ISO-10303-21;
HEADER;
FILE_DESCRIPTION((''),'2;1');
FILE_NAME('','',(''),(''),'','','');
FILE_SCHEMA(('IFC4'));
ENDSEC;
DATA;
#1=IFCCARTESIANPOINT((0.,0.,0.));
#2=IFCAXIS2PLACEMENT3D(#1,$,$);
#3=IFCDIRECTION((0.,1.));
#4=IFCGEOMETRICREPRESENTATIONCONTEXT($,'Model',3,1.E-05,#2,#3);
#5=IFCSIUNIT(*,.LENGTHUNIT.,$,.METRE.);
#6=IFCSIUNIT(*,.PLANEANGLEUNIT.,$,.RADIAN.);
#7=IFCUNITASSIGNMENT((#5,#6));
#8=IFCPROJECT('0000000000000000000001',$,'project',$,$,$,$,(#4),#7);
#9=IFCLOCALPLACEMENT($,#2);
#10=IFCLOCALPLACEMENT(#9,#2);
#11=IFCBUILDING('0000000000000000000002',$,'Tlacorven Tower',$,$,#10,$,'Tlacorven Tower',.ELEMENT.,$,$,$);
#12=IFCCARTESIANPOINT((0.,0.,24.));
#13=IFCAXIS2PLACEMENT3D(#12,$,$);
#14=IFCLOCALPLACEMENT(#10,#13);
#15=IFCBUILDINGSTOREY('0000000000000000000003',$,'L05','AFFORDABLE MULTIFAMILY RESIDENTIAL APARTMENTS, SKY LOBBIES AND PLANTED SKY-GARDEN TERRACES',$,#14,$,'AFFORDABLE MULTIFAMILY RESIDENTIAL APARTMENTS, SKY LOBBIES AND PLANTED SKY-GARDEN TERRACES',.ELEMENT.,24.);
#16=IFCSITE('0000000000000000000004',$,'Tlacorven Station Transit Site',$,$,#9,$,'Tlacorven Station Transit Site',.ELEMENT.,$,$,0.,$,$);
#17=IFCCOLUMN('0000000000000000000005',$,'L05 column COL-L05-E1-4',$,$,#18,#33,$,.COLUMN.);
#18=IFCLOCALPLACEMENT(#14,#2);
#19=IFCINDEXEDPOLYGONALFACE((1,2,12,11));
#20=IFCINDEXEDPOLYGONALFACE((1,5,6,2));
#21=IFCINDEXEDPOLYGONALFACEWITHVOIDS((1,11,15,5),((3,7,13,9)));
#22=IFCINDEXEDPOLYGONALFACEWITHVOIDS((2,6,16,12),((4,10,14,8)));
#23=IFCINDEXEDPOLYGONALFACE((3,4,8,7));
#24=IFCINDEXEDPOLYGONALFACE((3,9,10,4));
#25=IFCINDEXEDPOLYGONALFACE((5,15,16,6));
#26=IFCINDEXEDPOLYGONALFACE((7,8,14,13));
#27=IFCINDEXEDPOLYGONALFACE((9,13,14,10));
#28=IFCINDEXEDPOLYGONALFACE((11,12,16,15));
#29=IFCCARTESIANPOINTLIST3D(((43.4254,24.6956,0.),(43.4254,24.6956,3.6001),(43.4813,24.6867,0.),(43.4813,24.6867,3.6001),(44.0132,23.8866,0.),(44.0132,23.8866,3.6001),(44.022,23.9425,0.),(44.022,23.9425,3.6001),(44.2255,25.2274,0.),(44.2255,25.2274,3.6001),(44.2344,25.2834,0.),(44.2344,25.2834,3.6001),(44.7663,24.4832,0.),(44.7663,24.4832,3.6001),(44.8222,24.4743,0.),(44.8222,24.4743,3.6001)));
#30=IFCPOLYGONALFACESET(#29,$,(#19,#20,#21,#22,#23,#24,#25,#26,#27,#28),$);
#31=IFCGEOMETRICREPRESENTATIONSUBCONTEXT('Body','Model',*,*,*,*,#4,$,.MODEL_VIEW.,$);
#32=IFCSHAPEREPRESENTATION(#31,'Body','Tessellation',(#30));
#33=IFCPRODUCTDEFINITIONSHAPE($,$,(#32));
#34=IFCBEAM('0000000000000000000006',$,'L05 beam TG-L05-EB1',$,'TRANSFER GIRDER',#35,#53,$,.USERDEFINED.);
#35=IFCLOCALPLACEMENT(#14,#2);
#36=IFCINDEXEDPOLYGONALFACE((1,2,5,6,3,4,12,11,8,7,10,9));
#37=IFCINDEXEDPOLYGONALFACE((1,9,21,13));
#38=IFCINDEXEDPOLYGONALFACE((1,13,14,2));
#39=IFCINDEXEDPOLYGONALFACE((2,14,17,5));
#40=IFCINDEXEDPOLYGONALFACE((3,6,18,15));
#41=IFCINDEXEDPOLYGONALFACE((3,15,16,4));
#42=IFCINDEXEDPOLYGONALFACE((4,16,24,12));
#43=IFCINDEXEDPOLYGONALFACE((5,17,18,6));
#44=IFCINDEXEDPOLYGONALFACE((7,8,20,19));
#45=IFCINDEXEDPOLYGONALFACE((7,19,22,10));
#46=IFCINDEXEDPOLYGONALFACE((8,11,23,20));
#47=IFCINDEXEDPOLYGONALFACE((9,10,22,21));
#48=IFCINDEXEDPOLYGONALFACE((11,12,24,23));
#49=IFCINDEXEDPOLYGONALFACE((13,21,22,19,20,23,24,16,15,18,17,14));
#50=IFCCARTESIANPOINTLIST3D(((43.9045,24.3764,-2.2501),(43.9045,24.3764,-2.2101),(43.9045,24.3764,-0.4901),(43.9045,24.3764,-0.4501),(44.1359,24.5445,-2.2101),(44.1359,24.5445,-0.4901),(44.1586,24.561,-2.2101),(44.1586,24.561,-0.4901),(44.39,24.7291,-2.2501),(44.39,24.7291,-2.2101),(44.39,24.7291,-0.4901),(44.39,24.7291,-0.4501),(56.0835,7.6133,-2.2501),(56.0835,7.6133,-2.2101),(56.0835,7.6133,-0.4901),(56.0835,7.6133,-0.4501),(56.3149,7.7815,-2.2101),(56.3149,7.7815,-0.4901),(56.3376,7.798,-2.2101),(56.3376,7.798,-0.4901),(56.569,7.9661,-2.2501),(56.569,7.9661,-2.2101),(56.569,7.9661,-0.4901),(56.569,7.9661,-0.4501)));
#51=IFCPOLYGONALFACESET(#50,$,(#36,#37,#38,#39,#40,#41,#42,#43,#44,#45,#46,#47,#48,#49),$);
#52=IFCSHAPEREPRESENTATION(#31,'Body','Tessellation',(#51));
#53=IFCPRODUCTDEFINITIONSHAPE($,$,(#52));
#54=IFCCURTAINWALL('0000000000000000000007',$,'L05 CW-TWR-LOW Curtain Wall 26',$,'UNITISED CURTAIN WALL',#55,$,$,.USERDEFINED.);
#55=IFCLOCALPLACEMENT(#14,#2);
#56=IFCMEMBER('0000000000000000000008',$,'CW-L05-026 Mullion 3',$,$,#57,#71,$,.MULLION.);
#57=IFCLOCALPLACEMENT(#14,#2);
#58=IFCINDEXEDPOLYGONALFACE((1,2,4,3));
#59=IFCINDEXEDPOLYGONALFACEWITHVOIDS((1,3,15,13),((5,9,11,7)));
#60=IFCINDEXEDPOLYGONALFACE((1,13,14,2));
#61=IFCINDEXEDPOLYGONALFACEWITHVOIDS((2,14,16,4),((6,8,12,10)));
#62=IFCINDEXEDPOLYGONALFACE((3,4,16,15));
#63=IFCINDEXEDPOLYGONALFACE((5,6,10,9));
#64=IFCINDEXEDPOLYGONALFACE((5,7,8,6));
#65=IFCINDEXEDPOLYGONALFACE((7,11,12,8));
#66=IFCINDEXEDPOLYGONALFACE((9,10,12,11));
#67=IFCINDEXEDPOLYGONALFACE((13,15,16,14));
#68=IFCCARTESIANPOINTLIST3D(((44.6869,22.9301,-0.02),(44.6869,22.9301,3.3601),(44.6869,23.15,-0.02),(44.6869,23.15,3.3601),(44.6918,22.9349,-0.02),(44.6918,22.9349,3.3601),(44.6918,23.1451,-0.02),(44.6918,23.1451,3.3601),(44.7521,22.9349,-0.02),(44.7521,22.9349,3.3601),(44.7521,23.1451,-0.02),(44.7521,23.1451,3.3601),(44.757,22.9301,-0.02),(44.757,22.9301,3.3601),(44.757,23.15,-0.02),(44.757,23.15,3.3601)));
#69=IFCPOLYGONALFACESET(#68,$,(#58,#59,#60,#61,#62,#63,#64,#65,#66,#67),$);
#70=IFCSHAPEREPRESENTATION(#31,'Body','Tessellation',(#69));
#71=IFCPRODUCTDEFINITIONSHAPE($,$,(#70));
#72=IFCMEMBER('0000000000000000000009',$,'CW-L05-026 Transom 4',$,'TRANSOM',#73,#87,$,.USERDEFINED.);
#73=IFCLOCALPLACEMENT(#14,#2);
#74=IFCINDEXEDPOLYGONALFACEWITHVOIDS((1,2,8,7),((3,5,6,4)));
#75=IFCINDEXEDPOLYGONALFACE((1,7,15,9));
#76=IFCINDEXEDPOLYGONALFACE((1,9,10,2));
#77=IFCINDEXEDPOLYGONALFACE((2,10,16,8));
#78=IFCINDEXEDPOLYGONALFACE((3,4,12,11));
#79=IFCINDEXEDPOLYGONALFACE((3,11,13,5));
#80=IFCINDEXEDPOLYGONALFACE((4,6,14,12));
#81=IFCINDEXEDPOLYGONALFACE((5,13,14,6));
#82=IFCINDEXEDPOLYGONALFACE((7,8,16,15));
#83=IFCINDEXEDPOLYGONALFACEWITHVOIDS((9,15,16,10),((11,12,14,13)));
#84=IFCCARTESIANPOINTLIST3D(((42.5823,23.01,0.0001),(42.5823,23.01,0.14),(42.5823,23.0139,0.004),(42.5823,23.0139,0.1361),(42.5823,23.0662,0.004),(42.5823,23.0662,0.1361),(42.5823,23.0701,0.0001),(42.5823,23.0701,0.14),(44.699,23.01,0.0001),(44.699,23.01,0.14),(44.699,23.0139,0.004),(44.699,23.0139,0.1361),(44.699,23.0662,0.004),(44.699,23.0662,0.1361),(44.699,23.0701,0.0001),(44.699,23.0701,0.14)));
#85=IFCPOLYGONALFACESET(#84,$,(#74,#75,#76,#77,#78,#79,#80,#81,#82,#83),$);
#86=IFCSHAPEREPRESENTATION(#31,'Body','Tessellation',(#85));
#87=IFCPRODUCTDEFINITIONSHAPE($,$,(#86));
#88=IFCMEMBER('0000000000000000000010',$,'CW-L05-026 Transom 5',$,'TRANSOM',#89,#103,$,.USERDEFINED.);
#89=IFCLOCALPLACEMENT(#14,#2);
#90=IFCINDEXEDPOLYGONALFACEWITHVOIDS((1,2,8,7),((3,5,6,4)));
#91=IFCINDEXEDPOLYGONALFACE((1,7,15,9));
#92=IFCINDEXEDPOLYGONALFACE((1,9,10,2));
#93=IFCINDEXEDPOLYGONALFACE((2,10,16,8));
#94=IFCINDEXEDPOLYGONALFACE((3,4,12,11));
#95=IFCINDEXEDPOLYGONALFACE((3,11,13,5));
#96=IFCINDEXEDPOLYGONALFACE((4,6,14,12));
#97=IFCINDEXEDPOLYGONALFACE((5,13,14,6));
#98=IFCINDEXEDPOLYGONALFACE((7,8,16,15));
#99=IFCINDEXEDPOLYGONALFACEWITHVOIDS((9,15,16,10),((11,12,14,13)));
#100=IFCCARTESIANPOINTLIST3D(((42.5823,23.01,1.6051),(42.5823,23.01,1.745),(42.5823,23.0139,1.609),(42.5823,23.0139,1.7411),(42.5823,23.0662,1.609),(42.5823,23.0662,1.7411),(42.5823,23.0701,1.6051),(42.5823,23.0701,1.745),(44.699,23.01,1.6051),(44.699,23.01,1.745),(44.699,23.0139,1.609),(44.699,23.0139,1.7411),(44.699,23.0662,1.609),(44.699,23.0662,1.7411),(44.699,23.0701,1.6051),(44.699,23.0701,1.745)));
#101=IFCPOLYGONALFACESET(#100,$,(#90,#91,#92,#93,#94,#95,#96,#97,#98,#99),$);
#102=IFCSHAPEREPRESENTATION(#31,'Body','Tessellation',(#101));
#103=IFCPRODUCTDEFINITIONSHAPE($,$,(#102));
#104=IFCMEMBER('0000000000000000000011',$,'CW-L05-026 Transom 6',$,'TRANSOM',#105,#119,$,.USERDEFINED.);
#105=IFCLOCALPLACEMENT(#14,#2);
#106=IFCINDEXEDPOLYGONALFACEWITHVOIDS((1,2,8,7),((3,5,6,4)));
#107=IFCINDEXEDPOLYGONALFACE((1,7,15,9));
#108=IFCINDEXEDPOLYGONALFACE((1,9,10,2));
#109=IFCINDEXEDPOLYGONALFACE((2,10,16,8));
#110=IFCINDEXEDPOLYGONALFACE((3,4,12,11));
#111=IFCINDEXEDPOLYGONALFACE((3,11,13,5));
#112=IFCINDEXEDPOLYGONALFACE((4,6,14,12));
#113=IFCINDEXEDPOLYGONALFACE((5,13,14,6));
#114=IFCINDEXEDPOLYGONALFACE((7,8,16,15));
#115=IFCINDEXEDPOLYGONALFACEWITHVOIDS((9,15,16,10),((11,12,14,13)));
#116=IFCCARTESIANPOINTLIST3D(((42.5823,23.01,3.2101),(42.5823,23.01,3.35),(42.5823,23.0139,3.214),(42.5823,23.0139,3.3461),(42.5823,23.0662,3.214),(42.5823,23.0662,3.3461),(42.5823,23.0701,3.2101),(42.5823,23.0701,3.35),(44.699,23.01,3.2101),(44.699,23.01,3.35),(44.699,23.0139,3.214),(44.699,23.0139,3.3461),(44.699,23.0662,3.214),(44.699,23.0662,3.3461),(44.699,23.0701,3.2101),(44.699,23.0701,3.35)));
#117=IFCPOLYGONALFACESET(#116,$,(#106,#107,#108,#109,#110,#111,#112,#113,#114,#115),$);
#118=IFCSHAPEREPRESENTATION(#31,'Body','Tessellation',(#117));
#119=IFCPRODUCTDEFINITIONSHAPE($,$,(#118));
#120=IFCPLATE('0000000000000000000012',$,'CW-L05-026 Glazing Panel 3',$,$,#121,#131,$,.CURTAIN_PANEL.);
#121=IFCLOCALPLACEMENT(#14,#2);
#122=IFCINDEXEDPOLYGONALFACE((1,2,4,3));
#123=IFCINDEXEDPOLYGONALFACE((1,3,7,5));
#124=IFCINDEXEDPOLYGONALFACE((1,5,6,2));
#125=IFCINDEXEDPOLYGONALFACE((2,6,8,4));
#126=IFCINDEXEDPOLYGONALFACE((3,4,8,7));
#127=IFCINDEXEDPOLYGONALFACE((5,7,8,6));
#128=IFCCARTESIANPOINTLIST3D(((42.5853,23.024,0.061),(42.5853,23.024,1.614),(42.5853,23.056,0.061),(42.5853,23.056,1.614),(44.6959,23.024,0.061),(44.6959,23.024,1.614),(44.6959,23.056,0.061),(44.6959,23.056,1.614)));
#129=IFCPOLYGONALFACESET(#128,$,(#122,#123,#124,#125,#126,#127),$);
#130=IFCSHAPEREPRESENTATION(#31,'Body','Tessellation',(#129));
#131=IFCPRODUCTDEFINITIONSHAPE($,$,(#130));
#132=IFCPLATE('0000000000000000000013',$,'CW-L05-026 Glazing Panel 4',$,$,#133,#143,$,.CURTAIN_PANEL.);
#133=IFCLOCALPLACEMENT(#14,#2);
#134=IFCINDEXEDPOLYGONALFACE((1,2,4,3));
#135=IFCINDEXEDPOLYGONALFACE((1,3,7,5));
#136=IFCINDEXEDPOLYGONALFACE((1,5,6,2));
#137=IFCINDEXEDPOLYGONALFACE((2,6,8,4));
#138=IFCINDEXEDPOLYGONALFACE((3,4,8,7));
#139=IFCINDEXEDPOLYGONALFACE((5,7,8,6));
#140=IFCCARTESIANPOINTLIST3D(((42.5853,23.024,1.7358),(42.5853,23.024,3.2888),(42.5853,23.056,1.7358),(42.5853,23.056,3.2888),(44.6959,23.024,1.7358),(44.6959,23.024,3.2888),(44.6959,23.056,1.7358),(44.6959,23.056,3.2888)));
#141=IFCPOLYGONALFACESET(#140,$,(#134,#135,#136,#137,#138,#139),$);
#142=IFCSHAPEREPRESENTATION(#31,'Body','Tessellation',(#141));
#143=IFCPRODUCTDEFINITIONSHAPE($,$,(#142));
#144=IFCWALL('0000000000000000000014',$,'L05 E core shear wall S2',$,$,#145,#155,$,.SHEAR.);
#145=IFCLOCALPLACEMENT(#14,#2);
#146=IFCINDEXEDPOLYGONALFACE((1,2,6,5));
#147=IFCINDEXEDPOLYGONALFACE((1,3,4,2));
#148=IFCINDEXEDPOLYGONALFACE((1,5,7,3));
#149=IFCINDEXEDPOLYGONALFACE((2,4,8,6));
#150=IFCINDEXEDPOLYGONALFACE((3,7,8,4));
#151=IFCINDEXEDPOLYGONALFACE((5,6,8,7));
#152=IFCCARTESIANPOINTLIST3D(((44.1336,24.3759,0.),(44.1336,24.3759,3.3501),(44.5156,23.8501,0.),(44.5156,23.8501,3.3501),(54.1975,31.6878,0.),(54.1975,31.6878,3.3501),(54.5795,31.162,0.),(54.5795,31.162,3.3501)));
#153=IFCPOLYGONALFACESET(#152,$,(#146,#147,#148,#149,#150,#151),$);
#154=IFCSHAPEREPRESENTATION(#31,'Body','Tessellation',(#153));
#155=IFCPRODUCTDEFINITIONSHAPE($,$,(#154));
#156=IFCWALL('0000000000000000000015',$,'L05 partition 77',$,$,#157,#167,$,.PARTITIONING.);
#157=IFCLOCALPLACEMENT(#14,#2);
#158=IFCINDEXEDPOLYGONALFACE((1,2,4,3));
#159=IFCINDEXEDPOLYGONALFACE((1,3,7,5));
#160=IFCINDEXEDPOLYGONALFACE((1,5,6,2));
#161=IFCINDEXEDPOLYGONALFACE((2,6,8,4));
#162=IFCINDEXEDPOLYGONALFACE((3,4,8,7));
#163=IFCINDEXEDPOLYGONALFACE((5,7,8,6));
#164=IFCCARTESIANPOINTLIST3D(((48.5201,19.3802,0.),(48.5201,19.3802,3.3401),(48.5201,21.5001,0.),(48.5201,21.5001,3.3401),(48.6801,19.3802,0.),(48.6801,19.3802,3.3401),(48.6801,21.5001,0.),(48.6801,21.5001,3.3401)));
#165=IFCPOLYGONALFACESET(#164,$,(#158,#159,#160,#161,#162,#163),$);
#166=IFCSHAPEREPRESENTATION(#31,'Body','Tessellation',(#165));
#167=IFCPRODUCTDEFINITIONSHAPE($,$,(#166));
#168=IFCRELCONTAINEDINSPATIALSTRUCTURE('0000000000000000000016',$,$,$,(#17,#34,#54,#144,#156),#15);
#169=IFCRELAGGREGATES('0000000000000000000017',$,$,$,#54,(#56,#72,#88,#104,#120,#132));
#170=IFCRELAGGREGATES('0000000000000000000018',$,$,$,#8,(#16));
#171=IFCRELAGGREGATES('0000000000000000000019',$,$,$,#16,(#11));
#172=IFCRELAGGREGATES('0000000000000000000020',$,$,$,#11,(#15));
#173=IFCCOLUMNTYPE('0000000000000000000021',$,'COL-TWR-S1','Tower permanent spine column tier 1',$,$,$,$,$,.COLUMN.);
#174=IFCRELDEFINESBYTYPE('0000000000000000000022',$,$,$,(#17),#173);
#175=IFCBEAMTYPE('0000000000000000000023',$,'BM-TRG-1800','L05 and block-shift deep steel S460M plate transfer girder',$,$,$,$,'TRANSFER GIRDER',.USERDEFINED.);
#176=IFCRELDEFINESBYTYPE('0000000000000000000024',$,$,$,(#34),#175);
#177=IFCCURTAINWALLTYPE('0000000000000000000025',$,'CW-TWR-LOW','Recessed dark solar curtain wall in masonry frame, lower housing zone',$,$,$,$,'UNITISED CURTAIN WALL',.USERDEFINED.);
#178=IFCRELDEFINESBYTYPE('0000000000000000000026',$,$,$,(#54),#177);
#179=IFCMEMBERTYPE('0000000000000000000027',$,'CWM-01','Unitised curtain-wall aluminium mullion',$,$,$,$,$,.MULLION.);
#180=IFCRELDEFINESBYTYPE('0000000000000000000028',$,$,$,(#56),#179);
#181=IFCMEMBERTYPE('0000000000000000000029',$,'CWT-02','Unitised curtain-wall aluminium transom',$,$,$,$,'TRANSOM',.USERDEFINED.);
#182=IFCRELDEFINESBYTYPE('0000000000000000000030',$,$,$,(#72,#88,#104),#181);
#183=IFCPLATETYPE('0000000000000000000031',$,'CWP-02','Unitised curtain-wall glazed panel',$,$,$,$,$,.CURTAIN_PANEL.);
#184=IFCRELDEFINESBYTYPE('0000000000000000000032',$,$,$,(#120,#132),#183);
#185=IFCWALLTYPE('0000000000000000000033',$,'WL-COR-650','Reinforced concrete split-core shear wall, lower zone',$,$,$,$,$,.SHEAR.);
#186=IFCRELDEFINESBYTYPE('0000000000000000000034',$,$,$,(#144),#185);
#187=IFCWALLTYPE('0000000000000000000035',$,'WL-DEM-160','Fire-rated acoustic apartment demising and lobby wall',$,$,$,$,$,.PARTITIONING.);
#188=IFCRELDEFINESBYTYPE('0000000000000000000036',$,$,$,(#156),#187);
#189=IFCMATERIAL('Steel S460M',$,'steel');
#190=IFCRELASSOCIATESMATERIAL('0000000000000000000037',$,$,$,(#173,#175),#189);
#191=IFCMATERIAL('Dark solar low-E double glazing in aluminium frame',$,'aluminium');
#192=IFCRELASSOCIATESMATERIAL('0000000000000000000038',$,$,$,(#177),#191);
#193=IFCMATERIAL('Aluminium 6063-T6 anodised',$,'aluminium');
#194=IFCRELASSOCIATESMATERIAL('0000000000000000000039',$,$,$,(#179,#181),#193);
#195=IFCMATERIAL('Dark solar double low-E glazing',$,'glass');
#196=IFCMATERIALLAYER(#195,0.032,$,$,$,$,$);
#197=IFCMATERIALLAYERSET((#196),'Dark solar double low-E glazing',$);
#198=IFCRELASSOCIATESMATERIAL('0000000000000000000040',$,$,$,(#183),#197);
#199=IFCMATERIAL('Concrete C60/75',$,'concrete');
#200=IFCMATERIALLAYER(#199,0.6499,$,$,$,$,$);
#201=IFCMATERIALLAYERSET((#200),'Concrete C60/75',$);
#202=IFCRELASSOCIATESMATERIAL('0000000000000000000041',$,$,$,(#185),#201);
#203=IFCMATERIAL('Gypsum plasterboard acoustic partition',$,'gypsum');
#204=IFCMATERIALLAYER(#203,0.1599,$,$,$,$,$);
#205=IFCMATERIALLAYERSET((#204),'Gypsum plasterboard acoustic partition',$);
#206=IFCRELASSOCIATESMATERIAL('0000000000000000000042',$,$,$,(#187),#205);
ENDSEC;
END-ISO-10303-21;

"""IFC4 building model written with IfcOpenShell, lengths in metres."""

from ifc_helpers import new_model, si_unit, direction, frame, frame_2d, origin, origin_2d, place, context, subcontext, project, spatial, rectangle, hollow_rectangle, i_section, extrude, source, transform, mapped, material, layer, layer_set, material_profile, profile_set, type_object, element, aggregate, save


model = new_model("IFC4")

# Units and contexts
model_context = context("Model", 3, precision=1e-05, world=origin(), true_north=direction((0.0, 1.0)))
body_context = subcontext(model_context, "Body", "Model", "MODEL_VIEW")
ifc_project = project(units=[si_unit("LENGTHUNIT", "METRE"), si_unit("PLANEANGLEUNIT", "RADIAN")], contexts=[model_context])

# Site, building, storey
site_placement = place(None, origin())
site = spatial("IfcSite", under=ifc_project, at=site_placement, Name="Tlacorven Station Transit Site", LongName="Tlacorven Station Transit Site", CompositionType="ELEMENT", RefElevation=0.0)
building_placement = place(site_placement, origin())
building = spatial("IfcBuilding", under=site, at=building_placement, Name="Tlacorven Tower", LongName="Tlacorven Tower", CompositionType="ELEMENT")
storey_placement = place(building_placement, frame((0.0, 0.0, 24.0)))
storey = spatial("IfcBuildingStorey", under=building, at=storey_placement, Name="L05", Description="AFFORDABLE MULTIFAMILY RESIDENTIAL APARTMENTS, SKY LOBBIES AND PLANTED SKY-GARDEN TERRACES", LongName="AFFORDABLE MULTIFAMILY RESIDENTIAL APARTMENTS, SKY LOBBIES AND PLANTED SKY-GARDEN TERRACES", CompositionType="ELEMENT", Elevation=24.0)

# Column
ifc_material_1 = material(Name="Steel S460M", Category="steel")
ifc_material_profile_1 = material_profile(ifc_material_1, hollow_rectangle(XDim=1.0, YDim=1.0, WallThickness=0.04, at=origin_2d()), Name="BOX 1000X1000X40")
ifc_profile_set_1 = profile_set([ifc_material_profile_1], Name="Steel S460M")
column_type = type_object("IfcColumnType", Name="COL-TWR-S1", Description="Tower permanent spine column tier 1", PredefinedType="COLUMN", material=ifc_profile_set_1)
shared_shape_1 = source(origin(), body_context, "Body", "SweptSolid", [
    extrude(hollow_rectangle(XDim=1.0, YDim=1.0, WallThickness=0.04, at=origin_2d()), origin(), (0.0, 0.0, 1.0), 3.6001),
])
column_placement = place(storey_placement, frame((44.1238, 24.585, 0.0), z_axis=(0.0, 0.0, 1.0), x_axis=(0.809017, 0.587785, 0.0)))
element("IfcColumn", 1, at=column_placement, inside=storey, type_object=column_type, Name="L05 column COL-L05-E1-4", PredefinedType="COLUMN", context=body_context, shape_type="MappedRepresentation", body=[
    mapped(shared_shape_1, transform((0.0, 0.0, 0.0), scale=1.0)),
])

# Beam
ifc_material_profile_2 = material_profile(ifc_material_1, i_section(OverallWidth=0.6001, OverallDepth=1.8, WebThickness=0.0281, FlangeThickness=0.04, at=origin_2d()), Name="PG 1800X600X28X40")
ifc_profile_set_2 = profile_set([ifc_material_profile_2], Name="Steel S460M")
beam_type = type_object("IfcBeamType", Name="BM-TRG-1800", Description="L05 and block-shift deep steel S460M plate transfer girder", ElementType="TRANSFER GIRDER", PredefinedType="USERDEFINED", material=ifc_profile_set_2)
shared_shape_2 = source(origin(), body_context, "Body", "SweptSolid", [
    extrude(i_section(OverallWidth=0.6001, OverallDepth=1.8, WebThickness=0.0281, FlangeThickness=0.04, at=origin_2d()), origin(), (0.0, 0.0, 1.0), 20.7202),
])
beam_placement = place(storey_placement, frame((44.1472, 24.5527, -1.3501), z_axis=(0.587784, -0.809018, 0.0), x_axis=(0.809018, 0.587784, 0.0)))
element("IfcBeam", 2, at=beam_placement, inside=storey, type_object=beam_type, Name="L05 beam TG-L05-EB1", ObjectType="TRANSFER GIRDER", PredefinedType="USERDEFINED", context=body_context, shape_type="MappedRepresentation", body=[
    mapped(shared_shape_2, transform((0.0, 0.0, 0.0), scale=1.0)),
])

# Curtain wall, members, plates
ifc_material_2 = material(Name="Dark solar low-E double glazing in aluminium frame", Category="aluminium")
curtain_wall_type = type_object("IfcCurtainWallType", Name="CW-TWR-LOW", Description="Recessed dark solar curtain wall in masonry frame, lower housing zone", ElementType="UNITISED CURTAIN WALL", PredefinedType="USERDEFINED", material=ifc_material_2)
curtain_wall_placement = place(storey_placement, origin())
curtain_wall = element("IfcCurtainWall", 3, at=curtain_wall_placement, inside=storey, type_object=curtain_wall_type, Name="L05 CW-TWR-LOW Curtain Wall 26", ObjectType="UNITISED CURTAIN WALL", PredefinedType="USERDEFINED")
ifc_material_3 = material(Name="Aluminium 6063-T6 anodised", Category="aluminium")
ifc_material_profile_3 = material_profile(ifc_material_3, hollow_rectangle(XDim=0.0701, YDim=0.22, WallThickness=0.0049, at=origin_2d()), Name="ALU MULLION 70X220")
ifc_profile_set_3 = profile_set([ifc_material_profile_3], Name="Aluminium 6063-T6 anodised")
member_type_1 = type_object("IfcMemberType", Name="CWM-01", Description="Unitised curtain-wall aluminium mullion", PredefinedType="MULLION", material=ifc_profile_set_3)
shared_shape_3 = source(origin(), body_context, "Body", "SweptSolid", [
    extrude(hollow_rectangle(XDim=0.0701, YDim=0.22, WallThickness=0.0049, at=origin_2d()), origin(), (0.0, 0.0, 1.0), 3.3801),
])
member_1_placement = place(storey_placement, frame((44.7219, 23.04, -0.02), z_axis=(0.0, 0.0, 1.0), x_axis=(1.0, 0.0, 0.0)))
member_1 = element("IfcMember", 4, at=member_1_placement, type_object=member_type_1, Name="CW-L05-026 Mullion 3", PredefinedType="MULLION", context=body_context, shape_type="MappedRepresentation", body=[
    mapped(shared_shape_3, transform((0.0, 0.0, 0.0), scale=1.0)),
])
ifc_material_profile_4 = material_profile(ifc_material_3, hollow_rectangle(XDim=0.0601, YDim=0.1399, WallThickness=0.0039, at=origin_2d()), Name="ALU TRANSOM 60X140")
ifc_profile_set_4 = profile_set([ifc_material_profile_4], Name="Aluminium 6063-T6 anodised")
member_type_2 = type_object("IfcMemberType", Name="CWT-02", Description="Unitised curtain-wall aluminium transom", ElementType="TRANSOM", PredefinedType="USERDEFINED", material=ifc_profile_set_4)
shared_shape_4 = source(origin(), body_context, "Body", "SweptSolid", [
    extrude(hollow_rectangle(XDim=0.0601, YDim=0.1399, WallThickness=0.0039, at=origin_2d()), origin(), (0.0, 0.0, 1.0), 2.1167),
])
member_2_placement = place(storey_placement, frame((42.5823, 23.04, 0.0701), z_axis=(1.0, 0.0, 0.0), x_axis=(0.0, 1.0, 0.0)))
member_2 = element("IfcMember", 5, at=member_2_placement, type_object=member_type_2, Name="CW-L05-026 Transom 4", ObjectType="TRANSOM", PredefinedType="USERDEFINED", context=body_context, shape_type="MappedRepresentation", body=[
    mapped(shared_shape_4, transform((0.0, 0.0, 0.0), scale=1.0)),
])
member_3_placement = place(storey_placement, frame((42.5823, 23.04, 1.675), z_axis=(1.0, 0.0, 0.0), x_axis=(0.0, 1.0, 0.0)))
member_3 = element("IfcMember", 6, at=member_3_placement, type_object=member_type_2, Name="CW-L05-026 Transom 5", ObjectType="TRANSOM", PredefinedType="USERDEFINED", context=body_context, shape_type="MappedRepresentation", body=[
    mapped(shared_shape_4, transform((0.0, 0.0, 0.0), scale=1.0)),
])
member_4_placement = place(storey_placement, frame((42.5823, 23.04, 3.28), z_axis=(1.0, 0.0, 0.0), x_axis=(0.0, 1.0, 0.0)))
member_4 = element("IfcMember", 7, at=member_4_placement, type_object=member_type_2, Name="CW-L05-026 Transom 6", ObjectType="TRANSOM", PredefinedType="USERDEFINED", context=body_context, shape_type="MappedRepresentation", body=[
    mapped(shared_shape_4, transform((0.0, 0.0, 0.0), scale=1.0)),
])
ifc_material_4 = material(Name="Dark solar double low-E glazing", Category="glass")
ifc_layer_1 = layer(ifc_material_4, 0.032)
ifc_layer_set_1 = layer_set([ifc_layer_1], Name="Dark solar double low-E glazing")
plate_type = type_object("IfcPlateType", Name="CWP-02", Description="Unitised curtain-wall glazed panel", PredefinedType="CURTAIN_PANEL", material=ifc_layer_set_1)
shared_shape_5 = source(origin(), body_context, "Body", "SweptSolid", [
    extrude(rectangle(XDim=2.1106, YDim=0.032, at=origin_2d()), origin(), (0.0, 0.0, 1.0), 1.553),
])
plate_1_placement = place(storey_placement, frame((43.6406, 23.04, 0.061), z_axis=(0.0, 0.0, 1.0), x_axis=(1.0, 0.0, 0.0)))
plate_1 = element("IfcPlate", 8, at=plate_1_placement, type_object=plate_type, Name="CW-L05-026 Glazing Panel 3", PredefinedType="CURTAIN_PANEL", context=body_context, shape_type="MappedRepresentation", body=[
    mapped(shared_shape_5, transform((0.0, 0.0, 0.0), scale=1.0)),
])
plate_2_placement = place(storey_placement, frame((43.6406, 23.04, 1.7358), z_axis=(0.0, 0.0, 1.0), x_axis=(1.0, 0.0, 0.0)))
plate_2 = element("IfcPlate", 9, at=plate_2_placement, type_object=plate_type, Name="CW-L05-026 Glazing Panel 4", PredefinedType="CURTAIN_PANEL", context=body_context, shape_type="MappedRepresentation", body=[
    mapped(shared_shape_5, transform((0.0, 0.0, 0.0), scale=1.0)),
])
aggregate(curtain_wall, [member_1, member_2, member_3, member_4, plate_1, plate_2])

# Walls
ifc_material_5 = material(Name="Concrete C60/75", Category="concrete")
ifc_layer_2 = layer(ifc_material_5, 0.6499)
ifc_layer_set_2 = layer_set([ifc_layer_2], Name="Concrete C60/75")
wall_type_1 = type_object("IfcWallType", Name="WL-COR-650", Description="Reinforced concrete split-core shear wall, lower zone", PredefinedType="SHEAR", material=ifc_layer_set_2)
wall_1_placement = place(storey_placement, frame((44.3247, 24.113, 0.0), z_axis=(0.0, 0.0, 1.0), x_axis=(0.809013, 0.587791, 0.0)))
element("IfcWall", 10, at=wall_1_placement, inside=storey, type_object=wall_type_1, Name="L05 E core shear wall S2", PredefinedType="SHEAR", context=body_context, shape_type="SweptSolid", body=[
    extrude(rectangle(XDim=12.4397, YDim=0.6499, at=frame_2d((6.2197, 0.0))), origin(), (0.0, 0.0, 1.0), 3.3501),
])
ifc_material_6 = material(Name="Gypsum plasterboard acoustic partition", Category="gypsum")
ifc_layer_3 = layer(ifc_material_6, 0.1599)
ifc_layer_set_3 = layer_set([ifc_layer_3], Name="Gypsum plasterboard acoustic partition")
wall_type_2 = type_object("IfcWallType", Name="WL-DEM-160", Description="Fire-rated acoustic apartment demising and lobby wall", PredefinedType="PARTITIONING", material=ifc_layer_set_3)
wall_2_placement = place(storey_placement, frame((48.6001, 19.3801, 0.0), z_axis=(0.0, 0.0, 1.0), x_axis=(0.0, 1.0, 0.0)))
element("IfcWall", 11, at=wall_2_placement, inside=storey, type_object=wall_type_2, Name="L05 partition 77", PredefinedType="PARTITIONING", context=body_context, shape_type="SweptSolid", body=[
    extrude(rectangle(XDim=2.1199, YDim=0.1599, at=frame_2d((1.0601, 0.0))), origin(), (0.0, 0.0, 1.0), 3.3401),
])

save(model, "model.ifc")
